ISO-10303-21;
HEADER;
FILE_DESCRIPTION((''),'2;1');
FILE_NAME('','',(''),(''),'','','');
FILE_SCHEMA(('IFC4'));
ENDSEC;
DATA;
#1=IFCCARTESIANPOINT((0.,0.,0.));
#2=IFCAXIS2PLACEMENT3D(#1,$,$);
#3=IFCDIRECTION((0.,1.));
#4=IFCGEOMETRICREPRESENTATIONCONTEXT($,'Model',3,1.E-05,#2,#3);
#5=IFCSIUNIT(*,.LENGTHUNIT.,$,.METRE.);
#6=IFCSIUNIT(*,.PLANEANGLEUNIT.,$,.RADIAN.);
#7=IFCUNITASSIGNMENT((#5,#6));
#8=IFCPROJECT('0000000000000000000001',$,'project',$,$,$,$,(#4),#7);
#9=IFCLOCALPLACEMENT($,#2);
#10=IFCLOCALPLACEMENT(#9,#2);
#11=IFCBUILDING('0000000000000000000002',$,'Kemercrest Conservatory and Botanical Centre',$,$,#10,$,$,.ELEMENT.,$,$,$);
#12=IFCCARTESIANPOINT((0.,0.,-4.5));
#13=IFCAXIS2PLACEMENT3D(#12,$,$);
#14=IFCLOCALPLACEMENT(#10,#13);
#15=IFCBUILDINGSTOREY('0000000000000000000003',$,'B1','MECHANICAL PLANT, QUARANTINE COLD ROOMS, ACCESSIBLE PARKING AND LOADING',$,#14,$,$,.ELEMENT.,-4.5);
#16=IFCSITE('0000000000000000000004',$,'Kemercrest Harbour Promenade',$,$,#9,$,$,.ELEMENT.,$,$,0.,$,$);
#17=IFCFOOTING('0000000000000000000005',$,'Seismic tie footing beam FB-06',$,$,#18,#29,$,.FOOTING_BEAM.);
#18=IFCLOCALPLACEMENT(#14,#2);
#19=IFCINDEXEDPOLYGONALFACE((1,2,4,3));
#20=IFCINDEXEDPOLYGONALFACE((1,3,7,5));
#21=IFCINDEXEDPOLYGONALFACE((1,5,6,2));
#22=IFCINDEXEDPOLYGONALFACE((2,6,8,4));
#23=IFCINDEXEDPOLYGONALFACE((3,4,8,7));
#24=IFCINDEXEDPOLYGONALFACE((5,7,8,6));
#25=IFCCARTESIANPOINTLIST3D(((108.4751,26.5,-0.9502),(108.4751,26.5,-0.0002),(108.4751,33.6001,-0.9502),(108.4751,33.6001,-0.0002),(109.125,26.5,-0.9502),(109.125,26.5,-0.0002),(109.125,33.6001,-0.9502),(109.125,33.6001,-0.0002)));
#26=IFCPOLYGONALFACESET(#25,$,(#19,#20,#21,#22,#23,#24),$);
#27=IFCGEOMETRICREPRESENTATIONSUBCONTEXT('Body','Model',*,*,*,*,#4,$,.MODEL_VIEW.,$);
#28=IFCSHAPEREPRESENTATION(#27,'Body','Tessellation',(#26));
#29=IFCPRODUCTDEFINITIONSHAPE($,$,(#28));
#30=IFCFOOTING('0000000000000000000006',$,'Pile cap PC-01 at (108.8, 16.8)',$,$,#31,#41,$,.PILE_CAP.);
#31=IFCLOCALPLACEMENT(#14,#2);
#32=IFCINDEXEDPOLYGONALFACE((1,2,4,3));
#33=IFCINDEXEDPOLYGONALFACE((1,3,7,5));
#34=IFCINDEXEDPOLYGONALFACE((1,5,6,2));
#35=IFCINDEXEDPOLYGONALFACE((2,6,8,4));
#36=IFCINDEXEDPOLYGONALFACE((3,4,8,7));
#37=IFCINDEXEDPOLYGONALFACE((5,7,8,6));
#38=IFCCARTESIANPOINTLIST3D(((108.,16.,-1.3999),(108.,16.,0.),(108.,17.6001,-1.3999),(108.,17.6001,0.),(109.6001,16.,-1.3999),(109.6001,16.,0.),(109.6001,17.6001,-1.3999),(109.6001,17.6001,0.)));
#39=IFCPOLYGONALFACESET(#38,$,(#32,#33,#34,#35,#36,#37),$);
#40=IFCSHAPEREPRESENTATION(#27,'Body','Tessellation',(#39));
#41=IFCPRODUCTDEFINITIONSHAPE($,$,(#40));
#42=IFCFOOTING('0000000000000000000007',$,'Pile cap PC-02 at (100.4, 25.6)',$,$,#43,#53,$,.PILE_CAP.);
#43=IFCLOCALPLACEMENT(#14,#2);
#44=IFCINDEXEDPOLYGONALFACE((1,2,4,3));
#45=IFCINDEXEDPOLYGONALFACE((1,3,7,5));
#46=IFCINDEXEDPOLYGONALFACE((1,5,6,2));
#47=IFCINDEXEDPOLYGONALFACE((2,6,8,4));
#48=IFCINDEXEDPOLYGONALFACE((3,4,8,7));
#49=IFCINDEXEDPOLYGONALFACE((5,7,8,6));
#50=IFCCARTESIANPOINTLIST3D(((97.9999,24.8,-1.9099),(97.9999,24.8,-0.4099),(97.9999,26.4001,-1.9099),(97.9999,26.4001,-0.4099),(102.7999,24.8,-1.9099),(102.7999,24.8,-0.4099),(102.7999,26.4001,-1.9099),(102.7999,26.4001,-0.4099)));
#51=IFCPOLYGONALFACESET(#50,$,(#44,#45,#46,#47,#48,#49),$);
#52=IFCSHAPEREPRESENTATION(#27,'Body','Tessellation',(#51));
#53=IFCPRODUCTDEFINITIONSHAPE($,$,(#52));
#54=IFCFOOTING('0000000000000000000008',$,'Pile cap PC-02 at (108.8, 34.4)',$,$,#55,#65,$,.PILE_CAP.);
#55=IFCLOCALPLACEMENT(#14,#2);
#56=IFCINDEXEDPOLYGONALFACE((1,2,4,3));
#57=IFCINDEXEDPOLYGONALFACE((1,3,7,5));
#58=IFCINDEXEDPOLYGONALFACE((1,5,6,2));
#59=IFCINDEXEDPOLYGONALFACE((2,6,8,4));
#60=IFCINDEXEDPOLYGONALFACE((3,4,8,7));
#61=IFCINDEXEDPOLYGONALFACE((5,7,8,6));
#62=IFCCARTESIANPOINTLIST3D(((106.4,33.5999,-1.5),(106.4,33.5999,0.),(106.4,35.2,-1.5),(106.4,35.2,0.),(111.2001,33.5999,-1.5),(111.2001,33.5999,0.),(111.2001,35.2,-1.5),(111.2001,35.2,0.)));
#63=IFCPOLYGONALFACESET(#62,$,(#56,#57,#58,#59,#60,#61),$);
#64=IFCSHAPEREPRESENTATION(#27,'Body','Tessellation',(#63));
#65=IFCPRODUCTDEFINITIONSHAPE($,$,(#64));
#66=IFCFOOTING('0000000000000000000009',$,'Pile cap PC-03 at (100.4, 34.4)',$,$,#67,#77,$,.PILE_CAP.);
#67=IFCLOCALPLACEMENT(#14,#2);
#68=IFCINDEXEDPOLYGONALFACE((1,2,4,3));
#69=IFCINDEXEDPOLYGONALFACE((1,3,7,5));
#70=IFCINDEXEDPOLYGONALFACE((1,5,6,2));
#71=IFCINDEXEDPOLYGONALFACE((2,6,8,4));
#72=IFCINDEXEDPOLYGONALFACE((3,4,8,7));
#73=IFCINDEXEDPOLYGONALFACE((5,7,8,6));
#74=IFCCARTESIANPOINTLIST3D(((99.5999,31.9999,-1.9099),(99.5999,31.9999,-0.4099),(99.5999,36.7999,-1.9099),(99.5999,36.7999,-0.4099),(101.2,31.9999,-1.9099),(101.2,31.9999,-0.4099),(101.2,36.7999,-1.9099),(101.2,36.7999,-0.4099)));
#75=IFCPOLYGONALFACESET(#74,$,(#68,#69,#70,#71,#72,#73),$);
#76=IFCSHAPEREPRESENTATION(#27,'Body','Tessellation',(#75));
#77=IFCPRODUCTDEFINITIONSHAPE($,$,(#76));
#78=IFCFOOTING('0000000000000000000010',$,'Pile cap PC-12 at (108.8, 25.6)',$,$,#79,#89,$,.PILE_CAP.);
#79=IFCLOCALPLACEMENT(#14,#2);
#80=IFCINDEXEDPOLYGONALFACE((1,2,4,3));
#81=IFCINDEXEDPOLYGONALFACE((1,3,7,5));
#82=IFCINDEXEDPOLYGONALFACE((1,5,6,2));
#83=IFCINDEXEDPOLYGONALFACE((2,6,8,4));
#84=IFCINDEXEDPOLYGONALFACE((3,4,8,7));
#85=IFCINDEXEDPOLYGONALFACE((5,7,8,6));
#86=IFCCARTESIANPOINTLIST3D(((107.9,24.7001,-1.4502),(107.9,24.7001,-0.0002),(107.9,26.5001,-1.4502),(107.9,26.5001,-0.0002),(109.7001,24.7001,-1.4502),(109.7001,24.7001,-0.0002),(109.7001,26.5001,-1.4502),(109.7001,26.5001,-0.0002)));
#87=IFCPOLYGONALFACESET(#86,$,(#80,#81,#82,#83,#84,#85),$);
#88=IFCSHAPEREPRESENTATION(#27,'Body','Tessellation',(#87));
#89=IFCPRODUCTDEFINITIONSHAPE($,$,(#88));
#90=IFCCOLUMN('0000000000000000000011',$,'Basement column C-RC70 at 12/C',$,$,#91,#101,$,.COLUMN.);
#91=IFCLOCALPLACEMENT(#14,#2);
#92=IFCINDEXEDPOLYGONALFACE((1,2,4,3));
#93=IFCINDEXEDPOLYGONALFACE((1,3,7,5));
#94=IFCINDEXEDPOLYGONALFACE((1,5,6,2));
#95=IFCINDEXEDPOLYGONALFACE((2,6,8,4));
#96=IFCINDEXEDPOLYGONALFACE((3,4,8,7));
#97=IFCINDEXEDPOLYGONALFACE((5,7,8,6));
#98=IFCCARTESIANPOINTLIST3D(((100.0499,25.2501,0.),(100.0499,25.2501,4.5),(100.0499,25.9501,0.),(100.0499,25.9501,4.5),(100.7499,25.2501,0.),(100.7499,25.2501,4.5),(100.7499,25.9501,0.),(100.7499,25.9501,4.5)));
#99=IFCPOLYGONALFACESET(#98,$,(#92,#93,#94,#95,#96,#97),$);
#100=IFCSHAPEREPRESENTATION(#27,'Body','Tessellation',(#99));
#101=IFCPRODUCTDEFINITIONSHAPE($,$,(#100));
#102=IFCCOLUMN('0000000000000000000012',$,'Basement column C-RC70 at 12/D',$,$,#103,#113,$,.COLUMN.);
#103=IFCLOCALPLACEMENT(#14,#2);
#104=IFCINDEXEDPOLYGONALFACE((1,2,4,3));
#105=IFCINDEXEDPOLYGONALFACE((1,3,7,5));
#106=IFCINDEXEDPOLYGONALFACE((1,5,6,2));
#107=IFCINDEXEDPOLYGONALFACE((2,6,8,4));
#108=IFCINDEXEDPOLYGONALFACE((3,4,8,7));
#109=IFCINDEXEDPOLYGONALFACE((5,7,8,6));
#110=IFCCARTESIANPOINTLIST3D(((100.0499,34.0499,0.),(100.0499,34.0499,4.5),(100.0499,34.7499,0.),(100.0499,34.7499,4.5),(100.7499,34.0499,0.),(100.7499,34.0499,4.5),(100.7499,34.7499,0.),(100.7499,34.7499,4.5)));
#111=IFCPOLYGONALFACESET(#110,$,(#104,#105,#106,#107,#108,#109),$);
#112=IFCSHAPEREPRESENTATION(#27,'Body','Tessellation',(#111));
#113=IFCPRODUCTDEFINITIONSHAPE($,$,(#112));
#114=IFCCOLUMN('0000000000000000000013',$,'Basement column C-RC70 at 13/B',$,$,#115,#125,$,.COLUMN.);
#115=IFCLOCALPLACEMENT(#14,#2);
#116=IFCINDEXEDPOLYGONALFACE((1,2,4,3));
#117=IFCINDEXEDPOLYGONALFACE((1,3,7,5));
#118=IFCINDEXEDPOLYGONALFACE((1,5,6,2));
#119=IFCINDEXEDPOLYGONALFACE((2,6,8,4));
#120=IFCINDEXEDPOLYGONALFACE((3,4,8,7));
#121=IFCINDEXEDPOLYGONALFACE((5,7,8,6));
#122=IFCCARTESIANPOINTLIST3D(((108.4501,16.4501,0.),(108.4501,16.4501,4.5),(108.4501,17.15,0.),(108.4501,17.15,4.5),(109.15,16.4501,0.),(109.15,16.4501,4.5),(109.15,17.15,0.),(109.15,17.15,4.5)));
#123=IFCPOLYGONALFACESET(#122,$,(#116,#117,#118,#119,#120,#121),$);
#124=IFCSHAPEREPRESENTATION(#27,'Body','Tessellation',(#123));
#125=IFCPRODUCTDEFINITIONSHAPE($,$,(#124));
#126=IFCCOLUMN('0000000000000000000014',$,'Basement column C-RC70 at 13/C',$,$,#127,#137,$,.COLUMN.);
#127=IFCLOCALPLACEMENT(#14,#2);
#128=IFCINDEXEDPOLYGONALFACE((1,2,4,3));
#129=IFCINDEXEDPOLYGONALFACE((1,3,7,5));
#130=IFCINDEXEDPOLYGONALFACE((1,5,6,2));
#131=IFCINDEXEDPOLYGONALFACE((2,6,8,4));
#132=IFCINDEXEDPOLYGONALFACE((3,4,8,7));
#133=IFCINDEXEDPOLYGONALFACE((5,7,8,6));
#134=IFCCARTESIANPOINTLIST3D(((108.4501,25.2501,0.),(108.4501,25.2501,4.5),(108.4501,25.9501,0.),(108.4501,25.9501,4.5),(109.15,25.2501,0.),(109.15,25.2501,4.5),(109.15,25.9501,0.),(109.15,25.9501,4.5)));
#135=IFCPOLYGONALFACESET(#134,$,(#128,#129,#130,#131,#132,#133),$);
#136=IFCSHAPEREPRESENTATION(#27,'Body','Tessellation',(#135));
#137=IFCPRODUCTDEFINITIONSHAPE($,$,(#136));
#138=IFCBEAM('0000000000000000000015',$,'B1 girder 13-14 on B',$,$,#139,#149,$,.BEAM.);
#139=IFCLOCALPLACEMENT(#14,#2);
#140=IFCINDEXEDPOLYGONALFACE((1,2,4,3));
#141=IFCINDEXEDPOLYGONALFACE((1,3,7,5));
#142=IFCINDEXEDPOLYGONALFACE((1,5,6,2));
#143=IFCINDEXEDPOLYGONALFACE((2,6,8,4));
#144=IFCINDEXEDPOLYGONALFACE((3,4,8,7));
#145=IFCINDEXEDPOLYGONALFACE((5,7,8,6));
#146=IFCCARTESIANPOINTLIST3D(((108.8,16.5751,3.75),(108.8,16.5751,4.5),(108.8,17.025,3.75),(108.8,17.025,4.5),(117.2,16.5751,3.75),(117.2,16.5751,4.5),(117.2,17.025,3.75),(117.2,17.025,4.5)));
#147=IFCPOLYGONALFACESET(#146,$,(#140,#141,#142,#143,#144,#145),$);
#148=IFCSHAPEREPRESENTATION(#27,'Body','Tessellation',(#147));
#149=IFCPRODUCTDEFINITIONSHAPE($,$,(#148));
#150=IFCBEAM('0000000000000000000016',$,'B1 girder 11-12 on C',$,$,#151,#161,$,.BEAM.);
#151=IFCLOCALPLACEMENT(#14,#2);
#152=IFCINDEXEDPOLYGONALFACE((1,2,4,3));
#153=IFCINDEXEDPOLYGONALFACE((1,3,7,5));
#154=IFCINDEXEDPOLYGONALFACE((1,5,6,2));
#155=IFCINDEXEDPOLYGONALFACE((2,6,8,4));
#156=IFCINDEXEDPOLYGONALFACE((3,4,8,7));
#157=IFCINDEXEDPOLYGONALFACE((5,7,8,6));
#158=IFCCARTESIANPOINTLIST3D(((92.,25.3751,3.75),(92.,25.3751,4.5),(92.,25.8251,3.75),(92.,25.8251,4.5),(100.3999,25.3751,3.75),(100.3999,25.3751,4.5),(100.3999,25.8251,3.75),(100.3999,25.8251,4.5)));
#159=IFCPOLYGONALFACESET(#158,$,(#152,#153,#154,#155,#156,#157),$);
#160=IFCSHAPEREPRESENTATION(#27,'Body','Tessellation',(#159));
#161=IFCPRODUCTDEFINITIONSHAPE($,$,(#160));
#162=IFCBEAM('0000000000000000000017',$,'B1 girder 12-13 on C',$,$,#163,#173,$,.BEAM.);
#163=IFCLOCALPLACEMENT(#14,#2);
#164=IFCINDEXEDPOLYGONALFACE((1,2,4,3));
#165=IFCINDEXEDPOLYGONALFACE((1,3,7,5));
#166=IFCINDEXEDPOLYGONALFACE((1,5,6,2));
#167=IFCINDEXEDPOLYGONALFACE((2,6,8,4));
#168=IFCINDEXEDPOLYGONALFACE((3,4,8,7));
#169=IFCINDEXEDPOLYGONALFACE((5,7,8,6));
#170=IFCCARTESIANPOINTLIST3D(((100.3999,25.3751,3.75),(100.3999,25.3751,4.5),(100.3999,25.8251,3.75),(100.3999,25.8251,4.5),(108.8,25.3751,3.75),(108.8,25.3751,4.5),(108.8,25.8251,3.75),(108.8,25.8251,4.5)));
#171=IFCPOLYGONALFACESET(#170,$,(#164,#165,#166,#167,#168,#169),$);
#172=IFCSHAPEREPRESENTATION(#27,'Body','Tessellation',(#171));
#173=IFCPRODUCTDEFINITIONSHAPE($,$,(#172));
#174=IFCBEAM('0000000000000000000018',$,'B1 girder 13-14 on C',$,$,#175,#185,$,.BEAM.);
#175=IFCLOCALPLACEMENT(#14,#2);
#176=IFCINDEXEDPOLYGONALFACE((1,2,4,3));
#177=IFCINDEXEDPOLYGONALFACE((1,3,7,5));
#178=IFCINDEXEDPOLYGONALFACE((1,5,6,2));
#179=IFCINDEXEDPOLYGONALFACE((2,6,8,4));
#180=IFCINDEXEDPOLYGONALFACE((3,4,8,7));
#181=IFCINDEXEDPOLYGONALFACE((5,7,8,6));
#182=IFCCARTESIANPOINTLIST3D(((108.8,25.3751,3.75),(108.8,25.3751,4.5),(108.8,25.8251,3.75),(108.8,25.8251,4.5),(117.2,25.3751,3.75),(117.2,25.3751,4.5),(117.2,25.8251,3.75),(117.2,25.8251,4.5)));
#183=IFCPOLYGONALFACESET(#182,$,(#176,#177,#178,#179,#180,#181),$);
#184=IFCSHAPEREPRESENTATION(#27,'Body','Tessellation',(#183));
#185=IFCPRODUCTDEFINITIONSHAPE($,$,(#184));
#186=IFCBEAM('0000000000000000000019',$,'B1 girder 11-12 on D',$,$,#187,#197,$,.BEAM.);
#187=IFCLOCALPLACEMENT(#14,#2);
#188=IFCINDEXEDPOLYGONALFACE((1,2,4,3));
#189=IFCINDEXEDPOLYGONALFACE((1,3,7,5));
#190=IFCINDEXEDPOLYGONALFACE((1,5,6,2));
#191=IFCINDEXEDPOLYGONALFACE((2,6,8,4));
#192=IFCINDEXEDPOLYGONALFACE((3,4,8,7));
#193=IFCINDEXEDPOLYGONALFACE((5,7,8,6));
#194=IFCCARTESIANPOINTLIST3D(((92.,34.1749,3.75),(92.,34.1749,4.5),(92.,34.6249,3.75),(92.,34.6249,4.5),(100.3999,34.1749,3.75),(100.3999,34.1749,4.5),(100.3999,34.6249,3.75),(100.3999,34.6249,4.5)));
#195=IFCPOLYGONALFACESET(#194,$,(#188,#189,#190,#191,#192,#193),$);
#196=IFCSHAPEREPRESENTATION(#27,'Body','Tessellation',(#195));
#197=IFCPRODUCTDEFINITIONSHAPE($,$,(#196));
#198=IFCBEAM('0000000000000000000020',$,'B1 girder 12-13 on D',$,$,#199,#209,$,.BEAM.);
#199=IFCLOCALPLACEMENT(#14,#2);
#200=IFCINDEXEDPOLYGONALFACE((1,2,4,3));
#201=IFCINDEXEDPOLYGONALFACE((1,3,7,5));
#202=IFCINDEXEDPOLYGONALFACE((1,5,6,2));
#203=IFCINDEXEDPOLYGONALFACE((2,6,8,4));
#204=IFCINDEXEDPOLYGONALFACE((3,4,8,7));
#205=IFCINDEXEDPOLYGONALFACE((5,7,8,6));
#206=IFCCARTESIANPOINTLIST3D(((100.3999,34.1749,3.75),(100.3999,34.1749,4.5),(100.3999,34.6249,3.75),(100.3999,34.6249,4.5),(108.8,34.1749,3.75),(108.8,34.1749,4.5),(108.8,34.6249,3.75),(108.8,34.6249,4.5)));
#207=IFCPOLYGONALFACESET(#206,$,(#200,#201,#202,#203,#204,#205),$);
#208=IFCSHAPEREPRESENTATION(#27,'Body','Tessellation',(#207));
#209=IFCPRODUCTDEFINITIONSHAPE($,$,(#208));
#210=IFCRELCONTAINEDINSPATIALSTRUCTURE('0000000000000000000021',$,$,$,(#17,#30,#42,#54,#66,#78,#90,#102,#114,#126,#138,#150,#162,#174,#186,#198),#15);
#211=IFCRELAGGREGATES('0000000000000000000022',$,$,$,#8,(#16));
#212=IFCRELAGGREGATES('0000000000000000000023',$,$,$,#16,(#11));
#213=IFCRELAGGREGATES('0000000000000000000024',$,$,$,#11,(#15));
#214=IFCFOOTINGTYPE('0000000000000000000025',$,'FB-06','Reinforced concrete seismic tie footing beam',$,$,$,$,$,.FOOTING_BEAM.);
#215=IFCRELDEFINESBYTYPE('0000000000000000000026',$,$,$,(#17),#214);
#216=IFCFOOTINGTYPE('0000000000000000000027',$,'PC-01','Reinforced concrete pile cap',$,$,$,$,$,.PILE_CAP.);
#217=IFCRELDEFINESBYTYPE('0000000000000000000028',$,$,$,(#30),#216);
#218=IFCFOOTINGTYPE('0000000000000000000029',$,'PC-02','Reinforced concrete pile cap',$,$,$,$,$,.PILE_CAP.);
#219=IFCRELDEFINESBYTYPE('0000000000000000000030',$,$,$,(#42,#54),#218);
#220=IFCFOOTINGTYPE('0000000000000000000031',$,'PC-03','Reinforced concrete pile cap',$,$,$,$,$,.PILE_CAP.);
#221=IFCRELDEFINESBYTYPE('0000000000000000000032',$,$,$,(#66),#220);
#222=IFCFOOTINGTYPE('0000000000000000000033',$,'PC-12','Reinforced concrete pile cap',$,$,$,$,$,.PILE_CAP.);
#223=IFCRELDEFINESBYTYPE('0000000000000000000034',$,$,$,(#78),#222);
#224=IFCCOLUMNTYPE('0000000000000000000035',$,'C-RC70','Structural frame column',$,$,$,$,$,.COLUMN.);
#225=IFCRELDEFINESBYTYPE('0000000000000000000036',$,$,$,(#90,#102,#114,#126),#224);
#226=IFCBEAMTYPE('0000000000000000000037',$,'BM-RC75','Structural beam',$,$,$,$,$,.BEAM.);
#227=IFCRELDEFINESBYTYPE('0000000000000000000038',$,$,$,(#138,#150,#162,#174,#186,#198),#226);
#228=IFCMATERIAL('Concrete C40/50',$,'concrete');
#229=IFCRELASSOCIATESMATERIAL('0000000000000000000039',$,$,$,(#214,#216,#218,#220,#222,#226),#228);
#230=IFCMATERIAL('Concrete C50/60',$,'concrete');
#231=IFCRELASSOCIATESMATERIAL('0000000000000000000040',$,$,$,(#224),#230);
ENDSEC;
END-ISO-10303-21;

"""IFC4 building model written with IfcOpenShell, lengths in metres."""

from ifc_helpers import new_model, si_unit, direction, frame, origin, origin_2d, place, context, subcontext, project, spatial, rectangle, extrude, material, material_profile, profile_set, type_object, element, save


model = new_model("IFC4")

# Units and contexts
model_context = context("Model", 3, precision=1e-05, world=origin(), true_north=direction((0.0, 1.0)))
body_context = subcontext(model_context, "Body", "Model", "MODEL_VIEW")
ifc_project = project(units=[si_unit("LENGTHUNIT", "METRE"), si_unit("PLANEANGLEUNIT", "RADIAN")], contexts=[model_context])

# Site, building, storey
site_placement = place(None, origin())
site = spatial("IfcSite", under=ifc_project, at=site_placement, Name="Kemercrest Harbour Promenade", CompositionType="ELEMENT", RefElevation=0.0)
building_placement = place(site_placement, origin())
building = spatial("IfcBuilding", under=site, at=building_placement, Name="Kemercrest Conservatory and Botanical Centre", CompositionType="ELEMENT")
storey_placement = place(building_placement, frame((0.0, 0.0, -4.5)))
storey = spatial("IfcBuildingStorey", under=building, at=storey_placement, Name="B1", Description="MECHANICAL PLANT, QUARANTINE COLD ROOMS, ACCESSIBLE PARKING AND LOADING", CompositionType="ELEMENT", Elevation=-4.5)

# Shared definitions
ifc_material_1 = material(Name="Concrete C40/50", Category="concrete")

# Footings
footing_type_1 = type_object("IfcFootingType", Name="FB-06", Description="Reinforced concrete seismic tie footing beam", PredefinedType="FOOTING_BEAM", material=ifc_material_1)
footing_1_placement = place(storey_placement, frame((108.8, 30.05, -0.9502), z_axis=(0.0, 0.0, 1.0), x_axis=(1.0, 0.0, 0.0)))
element("IfcFooting", 1, at=footing_1_placement, inside=storey, type_object=footing_type_1, Name="Seismic tie footing beam FB-06", PredefinedType="FOOTING_BEAM", context=body_context, shape_type="SweptSolid", body=[
    extrude(rectangle(XDim=0.6499, YDim=7.1001, at=origin_2d()), origin(), (0.0, 0.0, 1.0), 0.95),
])
footing_type_2 = type_object("IfcFootingType", Name="PC-01", Description="Reinforced concrete pile cap", PredefinedType="PILE_CAP", material=ifc_material_1)
footing_2_placement = place(storey_placement, frame((108.8, 16.8, -1.3999), z_axis=(0.0, 0.0, 1.0), x_axis=(1.0, 0.0, 0.0)))
element("IfcFooting", 2, at=footing_2_placement, inside=storey, type_object=footing_type_2, Name="Pile cap PC-01 at (108.8, 16.8)", PredefinedType="PILE_CAP", context=body_context, shape_type="SweptSolid", body=[
    extrude(rectangle(XDim=1.6001, YDim=1.6001, at=origin_2d()), origin(), (0.0, 0.0, 1.0), 1.3999),
])
footing_type_3 = type_object("IfcFootingType", Name="PC-02", Description="Reinforced concrete pile cap", PredefinedType="PILE_CAP", material=ifc_material_1)
for number, where, z_axis, x_axis, name in (
    (3, (100.3999, 25.6001, -1.9099), (0.0, 0.0, 1.0), (1.0, 0.0, 0.0), "Pile cap PC-02 at (100.4, 25.6)"),
    (4, (108.8, 34.3999, -1.5), (0.0, 0.0, 1.0), (1.0, 0.0, 0.0), "Pile cap PC-02 at (108.8, 34.4)"),
):
    element("IfcFooting", number, at=place(storey_placement, frame(where, z_axis=z_axis, x_axis=x_axis)), inside=storey, type_object=footing_type_3, Name=name, PredefinedType="PILE_CAP", context=body_context, shape_type="SweptSolid", body=[
        extrude(rectangle(XDim=4.8, YDim=1.6001, at=origin_2d()), origin(), (0.0, 0.0, 1.0), 1.5),
    ])
footing_type_4 = type_object("IfcFootingType", Name="PC-03", Description="Reinforced concrete pile cap", PredefinedType="PILE_CAP", material=ifc_material_1)
footing_3_placement = place(storey_placement, frame((100.3999, 34.3999, -1.9099), z_axis=(0.0, 0.0, 1.0), x_axis=(1.0, 0.0, 0.0)))
element("IfcFooting", 5, at=footing_3_placement, inside=storey, type_object=footing_type_4, Name="Pile cap PC-03 at (100.4, 34.4)", PredefinedType="PILE_CAP", context=body_context, shape_type="SweptSolid", body=[
    extrude(rectangle(XDim=1.6001, YDim=4.8, at=origin_2d()), origin(), (0.0, 0.0, 1.0), 1.5),
])
footing_type_5 = type_object("IfcFootingType", Name="PC-12", Description="Reinforced concrete pile cap", PredefinedType="PILE_CAP", material=ifc_material_1)
footing_4_placement = place(storey_placement, frame((108.8, 25.6001, -1.4502), z_axis=(0.0, 0.0, 1.0), x_axis=(1.0, 0.0, 0.0)))
element("IfcFooting", 6, at=footing_4_placement, inside=storey, type_object=footing_type_5, Name="Pile cap PC-12 at (108.8, 25.6)", PredefinedType="PILE_CAP", context=body_context, shape_type="SweptSolid", body=[
    extrude(rectangle(XDim=1.8, YDim=1.8, at=origin_2d()), origin(), (0.0, 0.0, 1.0), 1.45),
])

# Columns
ifc_material_2 = material(Name="Concrete C50/60", Category="concrete")
ifc_material_profile_1 = material_profile(ifc_material_2, rectangle(XDim=0.7, YDim=0.7, at=origin_2d()), Name="RC 700x700")
ifc_profile_set_1 = profile_set([ifc_material_profile_1], Name="Concrete C50/60")
column_type = type_object("IfcColumnType", Name="C-RC70", Description="Structural frame column", PredefinedType="COLUMN", material=ifc_profile_set_1)
for number, where, z_axis, x_axis, name in (
    (7, (100.3999, 25.6001, 0.0), (0.0, 0.0, 1.0), (1.0, 0.0, 0.0), "Basement column C-RC70 at 12/C"),
    (8, (100.3999, 34.3999, 0.0), (0.0, 0.0, 1.0), (1.0, 0.0, 0.0), "Basement column C-RC70 at 12/D"),
    (9, (108.8, 16.8, 0.0), (0.0, 0.0, 1.0), (1.0, 0.0, 0.0), "Basement column C-RC70 at 13/B"),
    (10, (108.8, 25.6001, 0.0), (0.0, 0.0, 1.0), (1.0, 0.0, 0.0), "Basement column C-RC70 at 13/C"),
):
    element("IfcColumn", number, at=place(storey_placement, frame(where, z_axis=z_axis, x_axis=x_axis)), inside=storey, type_object=column_type, Name=name, PredefinedType="COLUMN", context=body_context, shape_type="SweptSolid", body=[
        extrude(rectangle(XDim=0.7, YDim=0.7, at=origin_2d()), origin(), (0.0, 0.0, 1.0), 4.5),
    ])

# Beams
ifc_material_profile_2 = material_profile(ifc_material_1, rectangle(XDim=0.45, YDim=0.75, at=origin_2d()), Name="RC 450x750")
ifc_profile_set_2 = profile_set([ifc_material_profile_2], Name="Concrete C40/50")
beam_type = type_object("IfcBeamType", Name="BM-RC75", Description="Structural beam", PredefinedType="BEAM", material=ifc_profile_set_2)
for number, where, z_axis, x_axis, name in (
    (11, (108.8, 16.8, 4.125), (1.0, 0.0, 0.0), (0.0, 1.0, 0.0), "B1 girder 13-14 on B"),
    (12, (92.0, 25.6001, 4.125), (1.0, 0.0, 0.0), (0.0, 1.0, 0.0), "B1 girder 11-12 on C"),
):
    element("IfcBeam", number, at=place(storey_placement, frame(where, z_axis=z_axis, x_axis=x_axis)), inside=storey, type_object=beam_type, Name=name, PredefinedType="BEAM", context=body_context, shape_type="SweptSolid", body=[
        extrude(rectangle(XDim=0.45, YDim=0.75, at=origin_2d()), origin(), (0.0, 0.0, 1.0), 8.3999),
    ])
beam_1_placement = place(storey_placement, frame((100.3999, 25.6001, 4.125), z_axis=(1.0, 0.0, 0.0), x_axis=(0.0, 1.0, 0.0)))
element("IfcBeam", 13, at=beam_1_placement, inside=storey, type_object=beam_type, Name="B1 girder 12-13 on C", PredefinedType="BEAM", context=body_context, shape_type="SweptSolid", body=[
    extrude(rectangle(XDim=0.45, YDim=0.75, at=origin_2d()), origin(), (0.0, 0.0, 1.0), 8.4001),
])
for number, where, z_axis, x_axis, name in (
    (14, (108.8, 25.6001, 4.125), (1.0, 0.0, 0.0), (0.0, 1.0, 0.0), "B1 girder 13-14 on C"),
    (15, (92.0, 34.3999, 4.125), (1.0, 0.0, 0.0), (0.0, 1.0, 0.0), "B1 girder 11-12 on D"),
):
    element("IfcBeam", number, at=place(storey_placement, frame(where, z_axis=z_axis, x_axis=x_axis)), inside=storey, type_object=beam_type, Name=name, PredefinedType="BEAM", context=body_context, shape_type="SweptSolid", body=[
        extrude(rectangle(XDim=0.45, YDim=0.75, at=origin_2d()), origin(), (0.0, 0.0, 1.0), 8.3999),
    ])
beam_2_placement = place(storey_placement, frame((100.3999, 34.3999, 4.125), z_axis=(1.0, 0.0, 0.0), x_axis=(0.0, 1.0, 0.0)))
element("IfcBeam", 16, at=beam_2_placement, inside=storey, type_object=beam_type, Name="B1 girder 12-13 on D", PredefinedType="BEAM", context=body_context, shape_type="SweptSolid", body=[
    extrude(rectangle(XDim=0.45, YDim=0.75, at=origin_2d()), origin(), (0.0, 0.0, 1.0), 8.4001),
])

save(model, "model.ifc")
